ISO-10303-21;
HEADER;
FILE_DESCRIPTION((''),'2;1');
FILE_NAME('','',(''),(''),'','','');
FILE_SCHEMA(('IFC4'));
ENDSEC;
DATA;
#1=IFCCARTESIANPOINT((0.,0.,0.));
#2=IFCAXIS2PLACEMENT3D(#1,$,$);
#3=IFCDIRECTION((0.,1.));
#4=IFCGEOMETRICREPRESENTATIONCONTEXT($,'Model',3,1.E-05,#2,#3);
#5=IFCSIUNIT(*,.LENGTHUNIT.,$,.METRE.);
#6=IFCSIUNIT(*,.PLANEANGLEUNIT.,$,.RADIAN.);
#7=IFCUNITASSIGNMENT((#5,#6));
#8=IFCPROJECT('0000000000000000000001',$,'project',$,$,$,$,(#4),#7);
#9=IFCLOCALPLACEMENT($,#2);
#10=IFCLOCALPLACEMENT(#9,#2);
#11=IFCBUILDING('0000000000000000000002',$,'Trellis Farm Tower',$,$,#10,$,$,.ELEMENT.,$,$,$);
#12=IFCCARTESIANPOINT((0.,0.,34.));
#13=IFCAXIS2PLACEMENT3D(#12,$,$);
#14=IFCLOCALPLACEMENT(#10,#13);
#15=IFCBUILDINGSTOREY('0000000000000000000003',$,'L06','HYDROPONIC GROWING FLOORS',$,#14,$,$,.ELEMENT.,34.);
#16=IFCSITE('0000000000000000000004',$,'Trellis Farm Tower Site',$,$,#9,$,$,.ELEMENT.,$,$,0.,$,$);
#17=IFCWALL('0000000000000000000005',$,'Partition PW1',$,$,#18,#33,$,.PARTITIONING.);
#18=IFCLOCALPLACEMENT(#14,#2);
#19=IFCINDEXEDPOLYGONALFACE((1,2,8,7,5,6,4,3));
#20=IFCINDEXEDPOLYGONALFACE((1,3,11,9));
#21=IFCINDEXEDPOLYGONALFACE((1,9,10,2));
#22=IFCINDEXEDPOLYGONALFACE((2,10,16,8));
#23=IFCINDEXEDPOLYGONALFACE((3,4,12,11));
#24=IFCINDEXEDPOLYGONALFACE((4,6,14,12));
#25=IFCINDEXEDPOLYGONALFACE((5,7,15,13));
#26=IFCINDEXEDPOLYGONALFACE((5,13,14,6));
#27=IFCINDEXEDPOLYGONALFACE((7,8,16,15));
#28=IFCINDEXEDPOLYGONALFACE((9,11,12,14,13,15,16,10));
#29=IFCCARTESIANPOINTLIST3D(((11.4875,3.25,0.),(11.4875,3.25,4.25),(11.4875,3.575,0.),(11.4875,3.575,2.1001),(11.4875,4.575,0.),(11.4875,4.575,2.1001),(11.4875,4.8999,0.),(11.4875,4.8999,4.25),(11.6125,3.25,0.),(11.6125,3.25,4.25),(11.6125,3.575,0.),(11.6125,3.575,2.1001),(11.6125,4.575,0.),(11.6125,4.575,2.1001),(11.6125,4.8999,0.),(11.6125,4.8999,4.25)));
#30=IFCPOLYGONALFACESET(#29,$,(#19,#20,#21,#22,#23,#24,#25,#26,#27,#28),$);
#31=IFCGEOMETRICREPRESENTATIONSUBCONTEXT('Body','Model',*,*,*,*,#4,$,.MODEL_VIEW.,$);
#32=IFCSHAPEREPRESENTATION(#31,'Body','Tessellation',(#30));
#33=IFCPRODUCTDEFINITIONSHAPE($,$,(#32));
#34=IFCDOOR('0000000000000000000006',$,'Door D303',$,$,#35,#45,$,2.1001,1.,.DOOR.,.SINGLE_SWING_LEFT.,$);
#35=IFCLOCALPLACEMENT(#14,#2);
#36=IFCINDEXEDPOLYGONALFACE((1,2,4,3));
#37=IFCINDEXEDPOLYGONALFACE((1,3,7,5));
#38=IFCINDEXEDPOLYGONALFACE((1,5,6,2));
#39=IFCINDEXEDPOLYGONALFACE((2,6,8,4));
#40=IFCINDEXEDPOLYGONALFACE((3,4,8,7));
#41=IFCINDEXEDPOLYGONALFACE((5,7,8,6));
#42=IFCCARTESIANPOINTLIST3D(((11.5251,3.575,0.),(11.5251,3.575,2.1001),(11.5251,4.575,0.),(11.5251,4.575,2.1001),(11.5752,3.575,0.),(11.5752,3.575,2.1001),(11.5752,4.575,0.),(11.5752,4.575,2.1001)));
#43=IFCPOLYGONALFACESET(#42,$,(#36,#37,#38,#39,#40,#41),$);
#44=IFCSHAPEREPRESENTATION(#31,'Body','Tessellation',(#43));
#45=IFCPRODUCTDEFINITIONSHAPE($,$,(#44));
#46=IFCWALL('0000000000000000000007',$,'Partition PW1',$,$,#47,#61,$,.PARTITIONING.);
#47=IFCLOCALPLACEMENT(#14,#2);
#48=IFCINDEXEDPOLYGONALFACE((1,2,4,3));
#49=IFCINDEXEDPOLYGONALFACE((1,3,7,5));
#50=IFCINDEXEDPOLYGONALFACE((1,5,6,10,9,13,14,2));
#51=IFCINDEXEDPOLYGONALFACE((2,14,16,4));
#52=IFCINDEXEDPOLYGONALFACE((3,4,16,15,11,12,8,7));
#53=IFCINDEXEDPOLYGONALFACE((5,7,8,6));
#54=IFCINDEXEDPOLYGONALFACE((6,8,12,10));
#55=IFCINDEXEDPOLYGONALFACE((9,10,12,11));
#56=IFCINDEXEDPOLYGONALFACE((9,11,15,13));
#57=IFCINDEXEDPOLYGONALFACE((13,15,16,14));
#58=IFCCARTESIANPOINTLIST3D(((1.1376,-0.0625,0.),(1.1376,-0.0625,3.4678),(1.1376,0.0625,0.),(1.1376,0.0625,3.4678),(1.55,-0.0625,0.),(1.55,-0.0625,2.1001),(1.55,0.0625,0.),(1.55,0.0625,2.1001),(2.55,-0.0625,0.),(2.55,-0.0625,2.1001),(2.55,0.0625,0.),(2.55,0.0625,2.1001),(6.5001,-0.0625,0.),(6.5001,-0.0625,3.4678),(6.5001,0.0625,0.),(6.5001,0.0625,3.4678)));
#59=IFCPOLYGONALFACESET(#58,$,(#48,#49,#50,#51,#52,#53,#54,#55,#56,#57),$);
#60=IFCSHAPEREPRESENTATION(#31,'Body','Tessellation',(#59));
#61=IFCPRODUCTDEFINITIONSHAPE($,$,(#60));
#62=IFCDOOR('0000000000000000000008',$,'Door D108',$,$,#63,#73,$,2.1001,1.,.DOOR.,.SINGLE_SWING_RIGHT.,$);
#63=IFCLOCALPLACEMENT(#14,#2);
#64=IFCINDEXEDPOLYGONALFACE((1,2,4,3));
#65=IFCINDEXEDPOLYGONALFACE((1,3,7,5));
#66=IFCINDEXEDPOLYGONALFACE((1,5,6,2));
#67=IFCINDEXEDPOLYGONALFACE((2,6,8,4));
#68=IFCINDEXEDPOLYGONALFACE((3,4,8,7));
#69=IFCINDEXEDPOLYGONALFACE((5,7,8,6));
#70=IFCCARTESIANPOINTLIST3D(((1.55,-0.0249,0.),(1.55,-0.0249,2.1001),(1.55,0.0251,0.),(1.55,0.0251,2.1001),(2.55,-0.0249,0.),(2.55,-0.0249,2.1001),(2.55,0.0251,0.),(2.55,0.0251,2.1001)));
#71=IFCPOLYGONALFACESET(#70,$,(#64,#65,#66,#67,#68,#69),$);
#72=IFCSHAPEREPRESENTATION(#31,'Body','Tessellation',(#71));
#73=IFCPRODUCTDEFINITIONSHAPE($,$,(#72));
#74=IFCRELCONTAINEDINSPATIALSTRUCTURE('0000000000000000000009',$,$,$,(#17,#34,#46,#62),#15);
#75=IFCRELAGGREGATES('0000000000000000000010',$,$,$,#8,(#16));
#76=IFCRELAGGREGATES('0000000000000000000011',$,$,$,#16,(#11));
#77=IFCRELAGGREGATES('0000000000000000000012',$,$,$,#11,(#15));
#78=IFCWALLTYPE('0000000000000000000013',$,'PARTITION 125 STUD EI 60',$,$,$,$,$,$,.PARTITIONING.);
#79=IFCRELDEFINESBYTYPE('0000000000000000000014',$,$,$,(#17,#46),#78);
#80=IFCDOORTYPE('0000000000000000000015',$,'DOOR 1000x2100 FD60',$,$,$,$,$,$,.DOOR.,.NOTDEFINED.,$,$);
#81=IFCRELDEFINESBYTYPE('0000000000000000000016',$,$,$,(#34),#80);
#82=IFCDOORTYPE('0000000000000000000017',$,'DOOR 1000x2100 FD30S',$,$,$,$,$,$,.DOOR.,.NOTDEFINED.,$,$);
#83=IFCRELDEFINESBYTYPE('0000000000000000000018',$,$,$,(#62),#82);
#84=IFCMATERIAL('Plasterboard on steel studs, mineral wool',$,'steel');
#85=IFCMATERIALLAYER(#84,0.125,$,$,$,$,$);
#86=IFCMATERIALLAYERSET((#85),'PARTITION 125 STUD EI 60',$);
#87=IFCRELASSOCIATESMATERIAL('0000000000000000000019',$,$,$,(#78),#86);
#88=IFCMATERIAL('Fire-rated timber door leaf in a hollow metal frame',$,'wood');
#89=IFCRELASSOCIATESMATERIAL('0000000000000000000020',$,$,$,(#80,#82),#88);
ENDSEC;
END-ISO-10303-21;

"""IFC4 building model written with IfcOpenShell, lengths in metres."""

from ifc_helpers import new_model, si_unit, direction, frame, frame_2d, origin, place, context, subcontext, project, spatial, rectangle, extrude, source, transform, mapped, material, layer, layer_set, type_object, element, fill, save


model = new_model("IFC4")

# Units and contexts
model_context = context("Model", 3, precision=1e-05, world=origin(), true_north=direction((0.0, 1.0)))
body_context = subcontext(model_context, "Body", "Model", "MODEL_VIEW")
ifc_project = project(units=[si_unit("LENGTHUNIT", "METRE"), si_unit("PLANEANGLEUNIT", "RADIAN")], contexts=[model_context])

# Site, building, storey
site_placement = place(None, origin())
site = spatial("IfcSite", under=ifc_project, at=site_placement, Name="Trellis Farm Tower Site", CompositionType="ELEMENT", RefElevation=0.0)
building_placement = place(site_placement, origin())
building = spatial("IfcBuilding", under=site, at=building_placement, Name="Trellis Farm Tower", CompositionType="ELEMENT")
storey_placement = place(building_placement, frame((0.0, 0.0, 34.0)))
storey = spatial("IfcBuildingStorey", under=building, at=storey_placement, Name="L06", Description="HYDROPONIC GROWING FLOORS", CompositionType="ELEMENT", Elevation=34.0)

# Walls, openings, doors
ifc_material_1 = material(Name="Plasterboard on steel studs, mineral wool", Category="steel")
ifc_layer_1 = layer(ifc_material_1, 0.125)
ifc_layer_set_1 = layer_set([ifc_layer_1], Name="PARTITION 125 STUD EI 60")
wall_type_1 = type_object("IfcWallType", Name="PARTITION 125 STUD EI 60", PredefinedType="PARTITIONING", material=ifc_layer_set_1)
shared_shape_1 = source(origin(), body_context, "Body", "SweptSolid", [
    extrude(rectangle(XDim=1.6499, YDim=0.125, at=frame_2d((0.825, 0.0))), origin(), (0.0, 0.0, 1.0), 4.25),
])
wall_1_placement = place(storey_placement, frame((11.55, 3.25, 0.0), z_axis=(0.0, 0.0, 1.0), x_axis=(0.0, 1.0, 0.0)))
wall_1 = element("IfcWall", 1, at=wall_1_placement, inside=storey, type_object=wall_type_1, Name="Partition PW1", PredefinedType="PARTITIONING", context=body_context, shape_type="MappedRepresentation", body=[
    mapped(shared_shape_1, transform((0.0, 0.0, 0.0))),
])
shared_shape_2 = source(origin(), body_context, "Body", "SweptSolid", [
    extrude(rectangle(XDim=1.0, YDim=2.1001, at=frame_2d((0.5, 1.05))), frame((0.0, 0.0725, 0.0), z_axis=(0.0, -1.0, 0.0), x_axis=(1.0, 0.0, 0.0)), (0.0, 0.0, 1.0), 0.145),
])
opening_1_placement = place(wall_1_placement, frame((0.325, 0.0, 0.0)))
opening_1 = element("IfcOpeningElement", 2, at=opening_1_placement, cuts=wall_1, PredefinedType="OPENING", context=body_context, shape_type="MappedRepresentation", body=[
    mapped(shared_shape_2, transform((0.0, 0.0, 0.0))),
])
ifc_material_2 = material(Name="Fire-rated timber door leaf in a hollow metal frame", Category="wood")
door_type_1 = type_object("IfcDoorType", Name="DOOR 1000x2100 FD60", OperationType="NOTDEFINED", PredefinedType="DOOR", material=ifc_material_2)
shared_shape_3 = source(origin(), body_context, "Body", "SweptSolid", [
    extrude(rectangle(XDim=1.0, YDim=2.1001, at=frame_2d((0.5, 1.05))), frame((0.0, 0.0249, 0.0), z_axis=(0.0, -1.0, 0.0), x_axis=(1.0, 0.0, 0.0)), (0.0, 0.0, 1.0), 0.05),
])
door_1_placement = place(opening_1_placement, origin())
door_1 = element("IfcDoor", 3, at=door_1_placement, inside=storey, type_object=door_type_1, Name="Door D303", OperationType="SINGLE_SWING_LEFT", OverallHeight=2.1001, OverallWidth=1.0, PredefinedType="DOOR", context=body_context, shape_type="MappedRepresentation", body=[
    mapped(shared_shape_3, transform((0.0, 0.0, 0.0))),
])
fill(opening_1, door_1)
shared_shape_4 = source(origin(), body_context, "Body", "SweptSolid", [
    extrude(rectangle(XDim=5.3625, YDim=0.125, at=frame_2d((2.6812, 0.0))), origin(), (0.0, 0.0, 1.0), 3.4678),
])
wall_2_placement = place(storey_placement, frame((6.5, 0.0, 0.0), z_axis=(0.0, 0.0, 1.0), x_axis=(-1.0, 0.0, 0.0)))
wall_2 = element("IfcWall", 4, at=wall_2_placement, inside=storey, type_object=wall_type_1, Name="Partition PW1", PredefinedType="PARTITIONING", context=body_context, shape_type="MappedRepresentation", body=[
    mapped(shared_shape_4, transform((0.0, 0.0, 0.0))),
])
opening_2_placement = place(wall_2_placement, frame((3.95, 0.0, 0.0)))
opening_2 = element("IfcOpeningElement", 5, at=opening_2_placement, cuts=wall_2, PredefinedType="OPENING", context=body_context, shape_type="MappedRepresentation", body=[
    mapped(shared_shape_2, transform((0.0, 0.0, 0.0))),
])
door_type_2 = type_object("IfcDoorType", Name="DOOR 1000x2100 FD30S", OperationType="NOTDEFINED", PredefinedType="DOOR", material=ifc_material_2)
door_2_placement = place(opening_2_placement, origin())
door_2 = element("IfcDoor", 6, at=door_2_placement, inside=storey, type_object=door_type_2, Name="Door D108", OperationType="SINGLE_SWING_RIGHT", OverallHeight=2.1001, OverallWidth=1.0, PredefinedType="DOOR", context=body_context, shape_type="MappedRepresentation", body=[
    mapped(shared_shape_3, transform((0.0, 0.0, 0.0))),
])
fill(opening_2, door_2)

save(model, "model.ifc")
